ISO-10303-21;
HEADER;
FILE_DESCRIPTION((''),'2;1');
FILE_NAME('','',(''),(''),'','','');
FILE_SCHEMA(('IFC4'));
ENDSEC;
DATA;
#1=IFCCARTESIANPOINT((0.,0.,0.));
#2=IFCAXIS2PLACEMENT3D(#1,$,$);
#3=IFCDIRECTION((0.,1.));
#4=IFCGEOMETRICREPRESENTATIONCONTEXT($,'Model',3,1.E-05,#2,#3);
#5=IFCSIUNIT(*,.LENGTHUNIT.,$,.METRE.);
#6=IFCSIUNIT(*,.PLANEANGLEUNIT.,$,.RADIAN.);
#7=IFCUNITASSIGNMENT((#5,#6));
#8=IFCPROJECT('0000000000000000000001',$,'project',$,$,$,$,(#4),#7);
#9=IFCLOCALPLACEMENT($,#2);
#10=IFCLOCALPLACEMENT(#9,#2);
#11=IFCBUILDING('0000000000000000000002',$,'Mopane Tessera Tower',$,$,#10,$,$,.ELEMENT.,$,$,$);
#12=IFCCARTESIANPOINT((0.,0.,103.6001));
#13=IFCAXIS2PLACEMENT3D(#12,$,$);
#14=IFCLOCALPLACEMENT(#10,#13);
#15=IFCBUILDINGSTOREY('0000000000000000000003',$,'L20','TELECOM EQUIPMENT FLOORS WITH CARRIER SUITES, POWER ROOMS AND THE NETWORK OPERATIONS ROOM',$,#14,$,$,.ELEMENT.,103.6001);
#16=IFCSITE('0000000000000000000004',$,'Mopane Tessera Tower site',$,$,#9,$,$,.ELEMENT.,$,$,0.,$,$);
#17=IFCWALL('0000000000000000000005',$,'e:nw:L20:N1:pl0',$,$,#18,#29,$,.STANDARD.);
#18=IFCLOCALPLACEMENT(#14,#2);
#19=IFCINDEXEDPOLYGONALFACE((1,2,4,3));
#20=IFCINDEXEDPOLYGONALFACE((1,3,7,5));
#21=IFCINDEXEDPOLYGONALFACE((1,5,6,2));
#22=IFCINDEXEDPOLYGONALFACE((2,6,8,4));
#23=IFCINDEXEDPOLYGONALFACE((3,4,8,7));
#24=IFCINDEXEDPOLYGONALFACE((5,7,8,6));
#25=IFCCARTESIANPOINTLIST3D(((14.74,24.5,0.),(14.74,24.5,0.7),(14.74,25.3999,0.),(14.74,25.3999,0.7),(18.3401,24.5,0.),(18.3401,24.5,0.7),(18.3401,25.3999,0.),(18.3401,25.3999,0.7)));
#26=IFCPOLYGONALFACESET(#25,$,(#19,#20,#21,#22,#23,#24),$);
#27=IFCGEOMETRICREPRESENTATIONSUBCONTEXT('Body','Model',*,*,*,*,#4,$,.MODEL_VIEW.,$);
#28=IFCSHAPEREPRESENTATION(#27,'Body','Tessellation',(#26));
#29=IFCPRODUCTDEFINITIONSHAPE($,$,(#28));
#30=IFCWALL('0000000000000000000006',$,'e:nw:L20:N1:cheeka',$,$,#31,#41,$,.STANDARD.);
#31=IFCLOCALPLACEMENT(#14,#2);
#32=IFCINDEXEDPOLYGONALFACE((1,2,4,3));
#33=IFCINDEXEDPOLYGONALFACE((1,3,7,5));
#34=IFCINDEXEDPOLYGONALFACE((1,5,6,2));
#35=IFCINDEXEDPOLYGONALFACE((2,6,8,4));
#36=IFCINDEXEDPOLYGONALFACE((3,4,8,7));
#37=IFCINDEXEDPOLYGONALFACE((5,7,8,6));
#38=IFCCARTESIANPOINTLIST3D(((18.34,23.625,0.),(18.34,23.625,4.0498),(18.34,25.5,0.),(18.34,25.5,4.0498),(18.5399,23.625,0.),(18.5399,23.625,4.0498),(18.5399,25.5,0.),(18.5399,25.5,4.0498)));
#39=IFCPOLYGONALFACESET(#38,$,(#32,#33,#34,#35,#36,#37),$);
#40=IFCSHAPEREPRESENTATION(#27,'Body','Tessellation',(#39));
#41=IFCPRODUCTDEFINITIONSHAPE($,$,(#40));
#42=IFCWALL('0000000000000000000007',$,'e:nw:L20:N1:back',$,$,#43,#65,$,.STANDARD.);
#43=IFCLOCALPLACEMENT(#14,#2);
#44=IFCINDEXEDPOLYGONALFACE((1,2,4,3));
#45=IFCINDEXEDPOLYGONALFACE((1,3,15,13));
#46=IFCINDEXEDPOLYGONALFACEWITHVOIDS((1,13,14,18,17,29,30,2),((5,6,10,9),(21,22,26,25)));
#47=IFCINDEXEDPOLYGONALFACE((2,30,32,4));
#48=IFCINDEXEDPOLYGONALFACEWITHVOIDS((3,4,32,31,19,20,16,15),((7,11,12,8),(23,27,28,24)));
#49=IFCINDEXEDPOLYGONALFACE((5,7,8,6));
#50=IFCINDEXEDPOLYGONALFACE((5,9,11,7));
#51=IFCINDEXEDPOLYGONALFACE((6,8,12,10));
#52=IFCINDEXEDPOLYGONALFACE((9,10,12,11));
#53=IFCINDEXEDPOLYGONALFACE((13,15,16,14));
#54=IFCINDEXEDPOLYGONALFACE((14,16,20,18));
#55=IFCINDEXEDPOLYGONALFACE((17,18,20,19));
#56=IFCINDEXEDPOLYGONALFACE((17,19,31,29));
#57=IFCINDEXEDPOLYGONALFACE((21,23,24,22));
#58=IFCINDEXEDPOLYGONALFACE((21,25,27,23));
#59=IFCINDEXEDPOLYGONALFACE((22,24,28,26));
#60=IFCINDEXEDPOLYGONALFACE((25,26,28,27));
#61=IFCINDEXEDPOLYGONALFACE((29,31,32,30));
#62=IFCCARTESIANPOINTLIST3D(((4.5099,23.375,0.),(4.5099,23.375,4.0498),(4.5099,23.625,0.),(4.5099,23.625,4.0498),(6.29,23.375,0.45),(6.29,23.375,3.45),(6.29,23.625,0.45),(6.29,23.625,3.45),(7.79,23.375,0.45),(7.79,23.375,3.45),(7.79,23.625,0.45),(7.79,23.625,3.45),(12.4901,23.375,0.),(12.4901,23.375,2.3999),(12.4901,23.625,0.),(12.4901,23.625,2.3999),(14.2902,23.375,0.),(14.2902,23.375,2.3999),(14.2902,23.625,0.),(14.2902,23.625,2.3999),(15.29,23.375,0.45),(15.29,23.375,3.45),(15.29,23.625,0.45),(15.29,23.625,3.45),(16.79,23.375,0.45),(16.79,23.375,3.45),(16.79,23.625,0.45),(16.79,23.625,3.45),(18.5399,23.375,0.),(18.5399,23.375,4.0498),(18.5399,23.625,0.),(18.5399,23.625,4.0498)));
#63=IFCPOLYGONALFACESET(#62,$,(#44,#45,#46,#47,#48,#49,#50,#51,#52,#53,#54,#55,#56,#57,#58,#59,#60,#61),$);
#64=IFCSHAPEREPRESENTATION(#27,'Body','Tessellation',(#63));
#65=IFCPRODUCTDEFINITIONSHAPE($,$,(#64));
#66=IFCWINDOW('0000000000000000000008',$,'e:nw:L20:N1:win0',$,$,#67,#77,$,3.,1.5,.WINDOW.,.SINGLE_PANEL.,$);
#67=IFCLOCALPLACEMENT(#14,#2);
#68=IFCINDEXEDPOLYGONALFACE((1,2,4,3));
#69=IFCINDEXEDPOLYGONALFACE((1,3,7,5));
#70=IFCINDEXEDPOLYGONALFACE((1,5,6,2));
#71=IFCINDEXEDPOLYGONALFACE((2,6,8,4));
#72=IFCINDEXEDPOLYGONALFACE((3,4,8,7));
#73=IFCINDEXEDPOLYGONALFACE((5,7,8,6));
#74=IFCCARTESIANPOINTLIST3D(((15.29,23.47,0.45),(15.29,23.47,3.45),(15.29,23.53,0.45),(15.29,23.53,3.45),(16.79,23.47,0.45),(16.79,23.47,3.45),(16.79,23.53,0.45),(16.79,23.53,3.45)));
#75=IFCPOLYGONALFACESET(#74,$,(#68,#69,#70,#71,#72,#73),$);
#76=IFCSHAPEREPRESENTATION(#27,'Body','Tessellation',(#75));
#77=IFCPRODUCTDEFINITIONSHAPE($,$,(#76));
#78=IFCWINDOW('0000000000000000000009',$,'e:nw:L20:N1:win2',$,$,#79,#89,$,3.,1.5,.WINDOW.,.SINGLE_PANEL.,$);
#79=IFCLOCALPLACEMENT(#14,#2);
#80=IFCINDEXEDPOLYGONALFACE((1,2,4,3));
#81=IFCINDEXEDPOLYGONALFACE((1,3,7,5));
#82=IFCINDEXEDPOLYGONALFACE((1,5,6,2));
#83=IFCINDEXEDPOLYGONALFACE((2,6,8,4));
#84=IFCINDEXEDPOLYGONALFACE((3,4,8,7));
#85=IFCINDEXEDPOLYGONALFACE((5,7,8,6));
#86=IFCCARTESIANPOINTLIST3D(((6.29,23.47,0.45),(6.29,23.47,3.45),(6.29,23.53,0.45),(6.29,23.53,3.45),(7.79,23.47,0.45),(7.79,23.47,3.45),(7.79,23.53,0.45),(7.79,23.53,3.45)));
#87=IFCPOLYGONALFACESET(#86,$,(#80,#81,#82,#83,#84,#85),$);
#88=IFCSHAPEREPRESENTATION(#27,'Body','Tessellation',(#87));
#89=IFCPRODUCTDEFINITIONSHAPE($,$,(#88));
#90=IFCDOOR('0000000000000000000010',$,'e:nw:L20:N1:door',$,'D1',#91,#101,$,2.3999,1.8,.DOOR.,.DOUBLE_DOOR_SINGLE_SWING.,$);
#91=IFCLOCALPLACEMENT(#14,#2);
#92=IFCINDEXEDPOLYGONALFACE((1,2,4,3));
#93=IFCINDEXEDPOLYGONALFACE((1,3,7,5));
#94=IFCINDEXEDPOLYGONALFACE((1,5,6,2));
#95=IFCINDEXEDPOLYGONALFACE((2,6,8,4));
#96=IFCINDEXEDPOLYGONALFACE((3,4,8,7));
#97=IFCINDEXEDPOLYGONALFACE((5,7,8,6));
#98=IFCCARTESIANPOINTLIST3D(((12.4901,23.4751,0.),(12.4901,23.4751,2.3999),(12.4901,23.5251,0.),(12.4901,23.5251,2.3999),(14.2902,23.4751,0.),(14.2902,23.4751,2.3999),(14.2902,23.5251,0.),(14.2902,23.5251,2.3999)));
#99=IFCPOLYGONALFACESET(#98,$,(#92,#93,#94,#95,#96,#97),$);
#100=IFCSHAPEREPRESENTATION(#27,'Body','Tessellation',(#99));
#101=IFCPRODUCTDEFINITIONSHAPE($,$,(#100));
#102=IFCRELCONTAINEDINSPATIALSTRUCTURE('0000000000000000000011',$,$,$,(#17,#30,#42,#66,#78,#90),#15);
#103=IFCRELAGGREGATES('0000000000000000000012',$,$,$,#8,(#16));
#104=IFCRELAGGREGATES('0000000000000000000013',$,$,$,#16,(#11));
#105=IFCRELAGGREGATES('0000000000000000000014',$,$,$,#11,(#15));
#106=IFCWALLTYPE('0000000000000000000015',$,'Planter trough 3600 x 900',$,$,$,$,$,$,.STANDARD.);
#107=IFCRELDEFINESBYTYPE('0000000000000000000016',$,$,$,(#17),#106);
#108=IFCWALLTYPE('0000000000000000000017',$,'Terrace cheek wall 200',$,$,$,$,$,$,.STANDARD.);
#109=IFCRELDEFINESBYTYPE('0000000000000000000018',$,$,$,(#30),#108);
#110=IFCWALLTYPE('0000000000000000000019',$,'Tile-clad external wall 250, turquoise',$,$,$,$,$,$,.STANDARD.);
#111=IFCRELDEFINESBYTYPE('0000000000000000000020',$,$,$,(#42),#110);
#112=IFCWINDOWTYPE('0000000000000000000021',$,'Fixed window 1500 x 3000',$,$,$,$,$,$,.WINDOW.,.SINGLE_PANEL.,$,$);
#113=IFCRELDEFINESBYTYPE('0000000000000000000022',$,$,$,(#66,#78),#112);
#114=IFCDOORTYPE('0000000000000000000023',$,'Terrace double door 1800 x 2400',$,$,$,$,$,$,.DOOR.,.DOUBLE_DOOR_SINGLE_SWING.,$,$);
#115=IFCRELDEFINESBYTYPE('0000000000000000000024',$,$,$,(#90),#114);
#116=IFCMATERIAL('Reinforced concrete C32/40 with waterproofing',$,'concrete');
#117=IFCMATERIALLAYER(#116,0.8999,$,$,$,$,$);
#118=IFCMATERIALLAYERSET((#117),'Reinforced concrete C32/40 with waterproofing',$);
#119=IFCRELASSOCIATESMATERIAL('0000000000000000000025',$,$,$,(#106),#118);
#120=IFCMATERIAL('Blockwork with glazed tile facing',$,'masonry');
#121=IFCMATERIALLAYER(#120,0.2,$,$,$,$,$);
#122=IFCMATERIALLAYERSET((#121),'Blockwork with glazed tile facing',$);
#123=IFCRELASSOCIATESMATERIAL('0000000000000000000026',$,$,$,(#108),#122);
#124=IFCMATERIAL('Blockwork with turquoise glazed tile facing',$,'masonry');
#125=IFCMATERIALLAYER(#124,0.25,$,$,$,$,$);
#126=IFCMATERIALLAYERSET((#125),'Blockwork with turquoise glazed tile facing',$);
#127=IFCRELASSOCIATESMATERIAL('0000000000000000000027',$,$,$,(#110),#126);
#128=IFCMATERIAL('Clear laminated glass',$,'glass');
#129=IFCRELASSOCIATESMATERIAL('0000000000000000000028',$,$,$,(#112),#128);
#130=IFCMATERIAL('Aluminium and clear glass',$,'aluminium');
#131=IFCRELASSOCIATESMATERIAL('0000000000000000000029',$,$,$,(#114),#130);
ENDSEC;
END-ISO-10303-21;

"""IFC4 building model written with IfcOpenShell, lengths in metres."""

from ifc_helpers import new_model, si_unit, direction, frame, frame_2d, origin, place, context, subcontext, project, spatial, rectangle, extrude, material, layer, layer_set, type_object, element, fill, save


model = new_model("IFC4")

# Units and contexts
model_context = context("Model", 3, precision=1e-05, world=origin(), true_north=direction((0.0, 1.0)))
body_context = subcontext(model_context, "Body", "Model", "MODEL_VIEW")
ifc_project = project(units=[si_unit("LENGTHUNIT", "METRE"), si_unit("PLANEANGLEUNIT", "RADIAN")], contexts=[model_context])

# Site, building, storey
site_placement = place(None, origin())
site = spatial("IfcSite", under=ifc_project, at=site_placement, Name="Mopane Tessera Tower site", CompositionType="ELEMENT", RefElevation=0.0)
building_placement = place(site_placement, origin())
building = spatial("IfcBuilding", under=site, at=building_placement, Name="Mopane Tessera Tower", CompositionType="ELEMENT")
storey_placement = place(building_placement, frame((0.0, 0.0, 103.6001)))
storey = spatial("IfcBuildingStorey", under=building, at=storey_placement, Name="L20", Description="TELECOM EQUIPMENT FLOORS WITH CARRIER SUITES, POWER ROOMS AND THE NETWORK OPERATIONS ROOM", CompositionType="ELEMENT", Elevation=103.6001)

# Walls
ifc_material_1 = material(Name="Reinforced concrete C32/40 with waterproofing", Category="concrete")
ifc_layer_1 = layer(ifc_material_1, 0.8999)
ifc_layer_set_1 = layer_set([ifc_layer_1], Name="Reinforced concrete C32/40 with waterproofing")
wall_type_1 = type_object("IfcWallType", Name="Planter trough 3600 x 900", PredefinedType="STANDARD", material=ifc_layer_set_1)
wall_1_placement = place(storey_placement, frame((18.3401, 24.95, 0.0), z_axis=(0.0, 0.0, 1.0), x_axis=(-1.0, 0.0, 0.0)))
element("IfcWall", 1, at=wall_1_placement, inside=storey, type_object=wall_type_1, Name="e:nw:L20:N1:pl0", PredefinedType="STANDARD", context=body_context, shape_type="SweptSolid", body=[
    extrude(rectangle(XDim=3.6001, YDim=0.8999, at=frame_2d((1.8, 0.0))), origin(), (0.0, 0.0, 1.0), 0.7),
])
ifc_material_2 = material(Name="Blockwork with glazed tile facing", Category="masonry")
ifc_layer_2 = layer(ifc_material_2, 0.2)
ifc_layer_set_2 = layer_set([ifc_layer_2], Name="Blockwork with glazed tile facing")
wall_type_2 = type_object("IfcWallType", Name="Terrace cheek wall 200", PredefinedType="STANDARD", material=ifc_layer_set_2)
wall_2_placement = place(storey_placement, frame((18.4399, 25.5, 0.0), z_axis=(0.0, 0.0, 1.0), x_axis=(0.0, -1.0, 0.0)))
element("IfcWall", 2, at=wall_2_placement, inside=storey, type_object=wall_type_2, Name="e:nw:L20:N1:cheeka", PredefinedType="STANDARD", context=body_context, shape_type="SweptSolid", body=[
    extrude(rectangle(XDim=1.875, YDim=0.2, at=frame_2d((0.9375, 0.0))), origin(), (0.0, 0.0, 1.0), 4.0498),
])

# Wall, openings, windows, door
ifc_material_3 = material(Name="Blockwork with turquoise glazed tile facing", Category="masonry")
ifc_layer_3 = layer(ifc_material_3, 0.25)
ifc_layer_set_3 = layer_set([ifc_layer_3], Name="Blockwork with turquoise glazed tile facing")
wall_type_3 = type_object("IfcWallType", Name="Tile-clad external wall 250, turquoise", PredefinedType="STANDARD", material=ifc_layer_set_3)
wall_3_placement = place(storey_placement, frame((18.54, 23.5, 0.0), z_axis=(0.0, 0.0, 1.0), x_axis=(-1.0, 0.0, 0.0)))
wall_3 = element("IfcWall", 3, at=wall_3_placement, inside=storey, type_object=wall_type_3, Name="e:nw:L20:N1:back", PredefinedType="STANDARD", context=body_context, shape_type="SweptSolid", body=[
    extrude(rectangle(XDim=14.03, YDim=0.25, at=frame_2d((7.0151, 0.0))), origin(), (0.0, 0.0, 1.0), 4.0498),
])
opening_1_placement = place(wall_3_placement, frame((1.75, 0.0, 0.45)))
opening_1 = element("IfcOpeningElement", 4, at=opening_1_placement, cuts=wall_3, PredefinedType="OPENING", context=body_context, shape_type="SweptSolid", body=[
    extrude(rectangle(XDim=1.5, YDim=3.0, at=frame_2d((0.75, 1.5))), frame((0.0, 0.137, 0.0), z_axis=(0.0, -1.0, 0.0), x_axis=(1.0, 0.0, 0.0)), (0.0, 0.0, 1.0), 0.2739),
])
opening_2_placement = place(wall_3_placement, frame((4.25, 0.0, 0.0)))
opening_2 = element("IfcOpeningElement", 5, at=opening_2_placement, cuts=wall_3, PredefinedType="OPENING", context=body_context, shape_type="SweptSolid", body=[
    extrude(rectangle(XDim=1.8, YDim=2.3999, at=frame_2d((0.8999, 1.2))), frame((0.0, 0.137, 0.0), z_axis=(0.0, -1.0, 0.0), x_axis=(1.0, 0.0, 0.0)), (0.0, 0.0, 1.0), 0.2739),
])
opening_3_placement = place(wall_3_placement, frame((10.75, 0.0, 0.45)))
opening_3 = element("IfcOpeningElement", 6, at=opening_3_placement, cuts=wall_3, PredefinedType="OPENING", context=body_context, shape_type="SweptSolid", body=[
    extrude(rectangle(XDim=1.5, YDim=3.0, at=frame_2d((0.75, 1.5))), frame((0.0, 0.137, 0.0), z_axis=(0.0, -1.0, 0.0), x_axis=(1.0, 0.0, 0.0)), (0.0, 0.0, 1.0), 0.2739),
])
ifc_material_4 = material(Name="Clear laminated glass", Category="glass")
window_type = type_object("IfcWindowType", Name="Fixed window 1500 x 3000", PartitioningType="SINGLE_PANEL", PredefinedType="WINDOW", material=ifc_material_4)
window_1_placement = place(opening_1_placement, origin())
window_1 = element("IfcWindow", 7, at=window_1_placement, inside=storey, type_object=window_type, Name="e:nw:L20:N1:win0", OverallHeight=3.0, OverallWidth=1.5, PartitioningType="SINGLE_PANEL", PredefinedType="WINDOW", context=body_context, shape_type="SweptSolid", body=[
    extrude(rectangle(XDim=1.5, YDim=3.0, at=frame_2d((0.75, 1.5))), frame((0.0, 0.03, 0.0), z_axis=(0.0, -1.0, 0.0), x_axis=(1.0, 0.0, 0.0)), (0.0, 0.0, 1.0), 0.0601),
])
fill(opening_1, window_1)
window_2_placement = place(opening_3_placement, origin())
window_2 = element("IfcWindow", 8, at=window_2_placement, inside=storey, type_object=window_type, Name="e:nw:L20:N1:win2", OverallHeight=3.0, OverallWidth=1.5, PartitioningType="SINGLE_PANEL", PredefinedType="WINDOW", context=body_context, shape_type="SweptSolid", body=[
    extrude(rectangle(XDim=1.5, YDim=3.0, at=frame_2d((0.75, 1.5))), frame((0.0, 0.03, 0.0), z_axis=(0.0, -1.0, 0.0), x_axis=(1.0, 0.0, 0.0)), (0.0, 0.0, 1.0), 0.0601),
])
fill(opening_3, window_2)
ifc_material_5 = material(Name="Aluminium and clear glass", Category="aluminium")
door_type = type_object("IfcDoorType", Name="Terrace double door 1800 x 2400", OperationType="DOUBLE_DOOR_SINGLE_SWING", PredefinedType="DOOR", material=ifc_material_5)
door_placement = place(opening_2_placement, origin())
door = element("IfcDoor", 9, at=door_placement, inside=storey, type_object=door_type, Name="e:nw:L20:N1:door", ObjectType="D1", OperationType="DOUBLE_DOOR_SINGLE_SWING", OverallHeight=2.3999, OverallWidth=1.8, PredefinedType="DOOR", context=body_context, shape_type="SweptSolid", body=[
    extrude(rectangle(XDim=1.8, YDim=2.3999, at=frame_2d((0.8999, 1.2))), frame((0.0, 0.0249, 0.0), z_axis=(0.0, -1.0, 0.0), x_axis=(1.0, 0.0, 0.0)), (0.0, 0.0, 1.0), 0.05),
])
fill(opening_2, door)

save(model, "model.ifc")
